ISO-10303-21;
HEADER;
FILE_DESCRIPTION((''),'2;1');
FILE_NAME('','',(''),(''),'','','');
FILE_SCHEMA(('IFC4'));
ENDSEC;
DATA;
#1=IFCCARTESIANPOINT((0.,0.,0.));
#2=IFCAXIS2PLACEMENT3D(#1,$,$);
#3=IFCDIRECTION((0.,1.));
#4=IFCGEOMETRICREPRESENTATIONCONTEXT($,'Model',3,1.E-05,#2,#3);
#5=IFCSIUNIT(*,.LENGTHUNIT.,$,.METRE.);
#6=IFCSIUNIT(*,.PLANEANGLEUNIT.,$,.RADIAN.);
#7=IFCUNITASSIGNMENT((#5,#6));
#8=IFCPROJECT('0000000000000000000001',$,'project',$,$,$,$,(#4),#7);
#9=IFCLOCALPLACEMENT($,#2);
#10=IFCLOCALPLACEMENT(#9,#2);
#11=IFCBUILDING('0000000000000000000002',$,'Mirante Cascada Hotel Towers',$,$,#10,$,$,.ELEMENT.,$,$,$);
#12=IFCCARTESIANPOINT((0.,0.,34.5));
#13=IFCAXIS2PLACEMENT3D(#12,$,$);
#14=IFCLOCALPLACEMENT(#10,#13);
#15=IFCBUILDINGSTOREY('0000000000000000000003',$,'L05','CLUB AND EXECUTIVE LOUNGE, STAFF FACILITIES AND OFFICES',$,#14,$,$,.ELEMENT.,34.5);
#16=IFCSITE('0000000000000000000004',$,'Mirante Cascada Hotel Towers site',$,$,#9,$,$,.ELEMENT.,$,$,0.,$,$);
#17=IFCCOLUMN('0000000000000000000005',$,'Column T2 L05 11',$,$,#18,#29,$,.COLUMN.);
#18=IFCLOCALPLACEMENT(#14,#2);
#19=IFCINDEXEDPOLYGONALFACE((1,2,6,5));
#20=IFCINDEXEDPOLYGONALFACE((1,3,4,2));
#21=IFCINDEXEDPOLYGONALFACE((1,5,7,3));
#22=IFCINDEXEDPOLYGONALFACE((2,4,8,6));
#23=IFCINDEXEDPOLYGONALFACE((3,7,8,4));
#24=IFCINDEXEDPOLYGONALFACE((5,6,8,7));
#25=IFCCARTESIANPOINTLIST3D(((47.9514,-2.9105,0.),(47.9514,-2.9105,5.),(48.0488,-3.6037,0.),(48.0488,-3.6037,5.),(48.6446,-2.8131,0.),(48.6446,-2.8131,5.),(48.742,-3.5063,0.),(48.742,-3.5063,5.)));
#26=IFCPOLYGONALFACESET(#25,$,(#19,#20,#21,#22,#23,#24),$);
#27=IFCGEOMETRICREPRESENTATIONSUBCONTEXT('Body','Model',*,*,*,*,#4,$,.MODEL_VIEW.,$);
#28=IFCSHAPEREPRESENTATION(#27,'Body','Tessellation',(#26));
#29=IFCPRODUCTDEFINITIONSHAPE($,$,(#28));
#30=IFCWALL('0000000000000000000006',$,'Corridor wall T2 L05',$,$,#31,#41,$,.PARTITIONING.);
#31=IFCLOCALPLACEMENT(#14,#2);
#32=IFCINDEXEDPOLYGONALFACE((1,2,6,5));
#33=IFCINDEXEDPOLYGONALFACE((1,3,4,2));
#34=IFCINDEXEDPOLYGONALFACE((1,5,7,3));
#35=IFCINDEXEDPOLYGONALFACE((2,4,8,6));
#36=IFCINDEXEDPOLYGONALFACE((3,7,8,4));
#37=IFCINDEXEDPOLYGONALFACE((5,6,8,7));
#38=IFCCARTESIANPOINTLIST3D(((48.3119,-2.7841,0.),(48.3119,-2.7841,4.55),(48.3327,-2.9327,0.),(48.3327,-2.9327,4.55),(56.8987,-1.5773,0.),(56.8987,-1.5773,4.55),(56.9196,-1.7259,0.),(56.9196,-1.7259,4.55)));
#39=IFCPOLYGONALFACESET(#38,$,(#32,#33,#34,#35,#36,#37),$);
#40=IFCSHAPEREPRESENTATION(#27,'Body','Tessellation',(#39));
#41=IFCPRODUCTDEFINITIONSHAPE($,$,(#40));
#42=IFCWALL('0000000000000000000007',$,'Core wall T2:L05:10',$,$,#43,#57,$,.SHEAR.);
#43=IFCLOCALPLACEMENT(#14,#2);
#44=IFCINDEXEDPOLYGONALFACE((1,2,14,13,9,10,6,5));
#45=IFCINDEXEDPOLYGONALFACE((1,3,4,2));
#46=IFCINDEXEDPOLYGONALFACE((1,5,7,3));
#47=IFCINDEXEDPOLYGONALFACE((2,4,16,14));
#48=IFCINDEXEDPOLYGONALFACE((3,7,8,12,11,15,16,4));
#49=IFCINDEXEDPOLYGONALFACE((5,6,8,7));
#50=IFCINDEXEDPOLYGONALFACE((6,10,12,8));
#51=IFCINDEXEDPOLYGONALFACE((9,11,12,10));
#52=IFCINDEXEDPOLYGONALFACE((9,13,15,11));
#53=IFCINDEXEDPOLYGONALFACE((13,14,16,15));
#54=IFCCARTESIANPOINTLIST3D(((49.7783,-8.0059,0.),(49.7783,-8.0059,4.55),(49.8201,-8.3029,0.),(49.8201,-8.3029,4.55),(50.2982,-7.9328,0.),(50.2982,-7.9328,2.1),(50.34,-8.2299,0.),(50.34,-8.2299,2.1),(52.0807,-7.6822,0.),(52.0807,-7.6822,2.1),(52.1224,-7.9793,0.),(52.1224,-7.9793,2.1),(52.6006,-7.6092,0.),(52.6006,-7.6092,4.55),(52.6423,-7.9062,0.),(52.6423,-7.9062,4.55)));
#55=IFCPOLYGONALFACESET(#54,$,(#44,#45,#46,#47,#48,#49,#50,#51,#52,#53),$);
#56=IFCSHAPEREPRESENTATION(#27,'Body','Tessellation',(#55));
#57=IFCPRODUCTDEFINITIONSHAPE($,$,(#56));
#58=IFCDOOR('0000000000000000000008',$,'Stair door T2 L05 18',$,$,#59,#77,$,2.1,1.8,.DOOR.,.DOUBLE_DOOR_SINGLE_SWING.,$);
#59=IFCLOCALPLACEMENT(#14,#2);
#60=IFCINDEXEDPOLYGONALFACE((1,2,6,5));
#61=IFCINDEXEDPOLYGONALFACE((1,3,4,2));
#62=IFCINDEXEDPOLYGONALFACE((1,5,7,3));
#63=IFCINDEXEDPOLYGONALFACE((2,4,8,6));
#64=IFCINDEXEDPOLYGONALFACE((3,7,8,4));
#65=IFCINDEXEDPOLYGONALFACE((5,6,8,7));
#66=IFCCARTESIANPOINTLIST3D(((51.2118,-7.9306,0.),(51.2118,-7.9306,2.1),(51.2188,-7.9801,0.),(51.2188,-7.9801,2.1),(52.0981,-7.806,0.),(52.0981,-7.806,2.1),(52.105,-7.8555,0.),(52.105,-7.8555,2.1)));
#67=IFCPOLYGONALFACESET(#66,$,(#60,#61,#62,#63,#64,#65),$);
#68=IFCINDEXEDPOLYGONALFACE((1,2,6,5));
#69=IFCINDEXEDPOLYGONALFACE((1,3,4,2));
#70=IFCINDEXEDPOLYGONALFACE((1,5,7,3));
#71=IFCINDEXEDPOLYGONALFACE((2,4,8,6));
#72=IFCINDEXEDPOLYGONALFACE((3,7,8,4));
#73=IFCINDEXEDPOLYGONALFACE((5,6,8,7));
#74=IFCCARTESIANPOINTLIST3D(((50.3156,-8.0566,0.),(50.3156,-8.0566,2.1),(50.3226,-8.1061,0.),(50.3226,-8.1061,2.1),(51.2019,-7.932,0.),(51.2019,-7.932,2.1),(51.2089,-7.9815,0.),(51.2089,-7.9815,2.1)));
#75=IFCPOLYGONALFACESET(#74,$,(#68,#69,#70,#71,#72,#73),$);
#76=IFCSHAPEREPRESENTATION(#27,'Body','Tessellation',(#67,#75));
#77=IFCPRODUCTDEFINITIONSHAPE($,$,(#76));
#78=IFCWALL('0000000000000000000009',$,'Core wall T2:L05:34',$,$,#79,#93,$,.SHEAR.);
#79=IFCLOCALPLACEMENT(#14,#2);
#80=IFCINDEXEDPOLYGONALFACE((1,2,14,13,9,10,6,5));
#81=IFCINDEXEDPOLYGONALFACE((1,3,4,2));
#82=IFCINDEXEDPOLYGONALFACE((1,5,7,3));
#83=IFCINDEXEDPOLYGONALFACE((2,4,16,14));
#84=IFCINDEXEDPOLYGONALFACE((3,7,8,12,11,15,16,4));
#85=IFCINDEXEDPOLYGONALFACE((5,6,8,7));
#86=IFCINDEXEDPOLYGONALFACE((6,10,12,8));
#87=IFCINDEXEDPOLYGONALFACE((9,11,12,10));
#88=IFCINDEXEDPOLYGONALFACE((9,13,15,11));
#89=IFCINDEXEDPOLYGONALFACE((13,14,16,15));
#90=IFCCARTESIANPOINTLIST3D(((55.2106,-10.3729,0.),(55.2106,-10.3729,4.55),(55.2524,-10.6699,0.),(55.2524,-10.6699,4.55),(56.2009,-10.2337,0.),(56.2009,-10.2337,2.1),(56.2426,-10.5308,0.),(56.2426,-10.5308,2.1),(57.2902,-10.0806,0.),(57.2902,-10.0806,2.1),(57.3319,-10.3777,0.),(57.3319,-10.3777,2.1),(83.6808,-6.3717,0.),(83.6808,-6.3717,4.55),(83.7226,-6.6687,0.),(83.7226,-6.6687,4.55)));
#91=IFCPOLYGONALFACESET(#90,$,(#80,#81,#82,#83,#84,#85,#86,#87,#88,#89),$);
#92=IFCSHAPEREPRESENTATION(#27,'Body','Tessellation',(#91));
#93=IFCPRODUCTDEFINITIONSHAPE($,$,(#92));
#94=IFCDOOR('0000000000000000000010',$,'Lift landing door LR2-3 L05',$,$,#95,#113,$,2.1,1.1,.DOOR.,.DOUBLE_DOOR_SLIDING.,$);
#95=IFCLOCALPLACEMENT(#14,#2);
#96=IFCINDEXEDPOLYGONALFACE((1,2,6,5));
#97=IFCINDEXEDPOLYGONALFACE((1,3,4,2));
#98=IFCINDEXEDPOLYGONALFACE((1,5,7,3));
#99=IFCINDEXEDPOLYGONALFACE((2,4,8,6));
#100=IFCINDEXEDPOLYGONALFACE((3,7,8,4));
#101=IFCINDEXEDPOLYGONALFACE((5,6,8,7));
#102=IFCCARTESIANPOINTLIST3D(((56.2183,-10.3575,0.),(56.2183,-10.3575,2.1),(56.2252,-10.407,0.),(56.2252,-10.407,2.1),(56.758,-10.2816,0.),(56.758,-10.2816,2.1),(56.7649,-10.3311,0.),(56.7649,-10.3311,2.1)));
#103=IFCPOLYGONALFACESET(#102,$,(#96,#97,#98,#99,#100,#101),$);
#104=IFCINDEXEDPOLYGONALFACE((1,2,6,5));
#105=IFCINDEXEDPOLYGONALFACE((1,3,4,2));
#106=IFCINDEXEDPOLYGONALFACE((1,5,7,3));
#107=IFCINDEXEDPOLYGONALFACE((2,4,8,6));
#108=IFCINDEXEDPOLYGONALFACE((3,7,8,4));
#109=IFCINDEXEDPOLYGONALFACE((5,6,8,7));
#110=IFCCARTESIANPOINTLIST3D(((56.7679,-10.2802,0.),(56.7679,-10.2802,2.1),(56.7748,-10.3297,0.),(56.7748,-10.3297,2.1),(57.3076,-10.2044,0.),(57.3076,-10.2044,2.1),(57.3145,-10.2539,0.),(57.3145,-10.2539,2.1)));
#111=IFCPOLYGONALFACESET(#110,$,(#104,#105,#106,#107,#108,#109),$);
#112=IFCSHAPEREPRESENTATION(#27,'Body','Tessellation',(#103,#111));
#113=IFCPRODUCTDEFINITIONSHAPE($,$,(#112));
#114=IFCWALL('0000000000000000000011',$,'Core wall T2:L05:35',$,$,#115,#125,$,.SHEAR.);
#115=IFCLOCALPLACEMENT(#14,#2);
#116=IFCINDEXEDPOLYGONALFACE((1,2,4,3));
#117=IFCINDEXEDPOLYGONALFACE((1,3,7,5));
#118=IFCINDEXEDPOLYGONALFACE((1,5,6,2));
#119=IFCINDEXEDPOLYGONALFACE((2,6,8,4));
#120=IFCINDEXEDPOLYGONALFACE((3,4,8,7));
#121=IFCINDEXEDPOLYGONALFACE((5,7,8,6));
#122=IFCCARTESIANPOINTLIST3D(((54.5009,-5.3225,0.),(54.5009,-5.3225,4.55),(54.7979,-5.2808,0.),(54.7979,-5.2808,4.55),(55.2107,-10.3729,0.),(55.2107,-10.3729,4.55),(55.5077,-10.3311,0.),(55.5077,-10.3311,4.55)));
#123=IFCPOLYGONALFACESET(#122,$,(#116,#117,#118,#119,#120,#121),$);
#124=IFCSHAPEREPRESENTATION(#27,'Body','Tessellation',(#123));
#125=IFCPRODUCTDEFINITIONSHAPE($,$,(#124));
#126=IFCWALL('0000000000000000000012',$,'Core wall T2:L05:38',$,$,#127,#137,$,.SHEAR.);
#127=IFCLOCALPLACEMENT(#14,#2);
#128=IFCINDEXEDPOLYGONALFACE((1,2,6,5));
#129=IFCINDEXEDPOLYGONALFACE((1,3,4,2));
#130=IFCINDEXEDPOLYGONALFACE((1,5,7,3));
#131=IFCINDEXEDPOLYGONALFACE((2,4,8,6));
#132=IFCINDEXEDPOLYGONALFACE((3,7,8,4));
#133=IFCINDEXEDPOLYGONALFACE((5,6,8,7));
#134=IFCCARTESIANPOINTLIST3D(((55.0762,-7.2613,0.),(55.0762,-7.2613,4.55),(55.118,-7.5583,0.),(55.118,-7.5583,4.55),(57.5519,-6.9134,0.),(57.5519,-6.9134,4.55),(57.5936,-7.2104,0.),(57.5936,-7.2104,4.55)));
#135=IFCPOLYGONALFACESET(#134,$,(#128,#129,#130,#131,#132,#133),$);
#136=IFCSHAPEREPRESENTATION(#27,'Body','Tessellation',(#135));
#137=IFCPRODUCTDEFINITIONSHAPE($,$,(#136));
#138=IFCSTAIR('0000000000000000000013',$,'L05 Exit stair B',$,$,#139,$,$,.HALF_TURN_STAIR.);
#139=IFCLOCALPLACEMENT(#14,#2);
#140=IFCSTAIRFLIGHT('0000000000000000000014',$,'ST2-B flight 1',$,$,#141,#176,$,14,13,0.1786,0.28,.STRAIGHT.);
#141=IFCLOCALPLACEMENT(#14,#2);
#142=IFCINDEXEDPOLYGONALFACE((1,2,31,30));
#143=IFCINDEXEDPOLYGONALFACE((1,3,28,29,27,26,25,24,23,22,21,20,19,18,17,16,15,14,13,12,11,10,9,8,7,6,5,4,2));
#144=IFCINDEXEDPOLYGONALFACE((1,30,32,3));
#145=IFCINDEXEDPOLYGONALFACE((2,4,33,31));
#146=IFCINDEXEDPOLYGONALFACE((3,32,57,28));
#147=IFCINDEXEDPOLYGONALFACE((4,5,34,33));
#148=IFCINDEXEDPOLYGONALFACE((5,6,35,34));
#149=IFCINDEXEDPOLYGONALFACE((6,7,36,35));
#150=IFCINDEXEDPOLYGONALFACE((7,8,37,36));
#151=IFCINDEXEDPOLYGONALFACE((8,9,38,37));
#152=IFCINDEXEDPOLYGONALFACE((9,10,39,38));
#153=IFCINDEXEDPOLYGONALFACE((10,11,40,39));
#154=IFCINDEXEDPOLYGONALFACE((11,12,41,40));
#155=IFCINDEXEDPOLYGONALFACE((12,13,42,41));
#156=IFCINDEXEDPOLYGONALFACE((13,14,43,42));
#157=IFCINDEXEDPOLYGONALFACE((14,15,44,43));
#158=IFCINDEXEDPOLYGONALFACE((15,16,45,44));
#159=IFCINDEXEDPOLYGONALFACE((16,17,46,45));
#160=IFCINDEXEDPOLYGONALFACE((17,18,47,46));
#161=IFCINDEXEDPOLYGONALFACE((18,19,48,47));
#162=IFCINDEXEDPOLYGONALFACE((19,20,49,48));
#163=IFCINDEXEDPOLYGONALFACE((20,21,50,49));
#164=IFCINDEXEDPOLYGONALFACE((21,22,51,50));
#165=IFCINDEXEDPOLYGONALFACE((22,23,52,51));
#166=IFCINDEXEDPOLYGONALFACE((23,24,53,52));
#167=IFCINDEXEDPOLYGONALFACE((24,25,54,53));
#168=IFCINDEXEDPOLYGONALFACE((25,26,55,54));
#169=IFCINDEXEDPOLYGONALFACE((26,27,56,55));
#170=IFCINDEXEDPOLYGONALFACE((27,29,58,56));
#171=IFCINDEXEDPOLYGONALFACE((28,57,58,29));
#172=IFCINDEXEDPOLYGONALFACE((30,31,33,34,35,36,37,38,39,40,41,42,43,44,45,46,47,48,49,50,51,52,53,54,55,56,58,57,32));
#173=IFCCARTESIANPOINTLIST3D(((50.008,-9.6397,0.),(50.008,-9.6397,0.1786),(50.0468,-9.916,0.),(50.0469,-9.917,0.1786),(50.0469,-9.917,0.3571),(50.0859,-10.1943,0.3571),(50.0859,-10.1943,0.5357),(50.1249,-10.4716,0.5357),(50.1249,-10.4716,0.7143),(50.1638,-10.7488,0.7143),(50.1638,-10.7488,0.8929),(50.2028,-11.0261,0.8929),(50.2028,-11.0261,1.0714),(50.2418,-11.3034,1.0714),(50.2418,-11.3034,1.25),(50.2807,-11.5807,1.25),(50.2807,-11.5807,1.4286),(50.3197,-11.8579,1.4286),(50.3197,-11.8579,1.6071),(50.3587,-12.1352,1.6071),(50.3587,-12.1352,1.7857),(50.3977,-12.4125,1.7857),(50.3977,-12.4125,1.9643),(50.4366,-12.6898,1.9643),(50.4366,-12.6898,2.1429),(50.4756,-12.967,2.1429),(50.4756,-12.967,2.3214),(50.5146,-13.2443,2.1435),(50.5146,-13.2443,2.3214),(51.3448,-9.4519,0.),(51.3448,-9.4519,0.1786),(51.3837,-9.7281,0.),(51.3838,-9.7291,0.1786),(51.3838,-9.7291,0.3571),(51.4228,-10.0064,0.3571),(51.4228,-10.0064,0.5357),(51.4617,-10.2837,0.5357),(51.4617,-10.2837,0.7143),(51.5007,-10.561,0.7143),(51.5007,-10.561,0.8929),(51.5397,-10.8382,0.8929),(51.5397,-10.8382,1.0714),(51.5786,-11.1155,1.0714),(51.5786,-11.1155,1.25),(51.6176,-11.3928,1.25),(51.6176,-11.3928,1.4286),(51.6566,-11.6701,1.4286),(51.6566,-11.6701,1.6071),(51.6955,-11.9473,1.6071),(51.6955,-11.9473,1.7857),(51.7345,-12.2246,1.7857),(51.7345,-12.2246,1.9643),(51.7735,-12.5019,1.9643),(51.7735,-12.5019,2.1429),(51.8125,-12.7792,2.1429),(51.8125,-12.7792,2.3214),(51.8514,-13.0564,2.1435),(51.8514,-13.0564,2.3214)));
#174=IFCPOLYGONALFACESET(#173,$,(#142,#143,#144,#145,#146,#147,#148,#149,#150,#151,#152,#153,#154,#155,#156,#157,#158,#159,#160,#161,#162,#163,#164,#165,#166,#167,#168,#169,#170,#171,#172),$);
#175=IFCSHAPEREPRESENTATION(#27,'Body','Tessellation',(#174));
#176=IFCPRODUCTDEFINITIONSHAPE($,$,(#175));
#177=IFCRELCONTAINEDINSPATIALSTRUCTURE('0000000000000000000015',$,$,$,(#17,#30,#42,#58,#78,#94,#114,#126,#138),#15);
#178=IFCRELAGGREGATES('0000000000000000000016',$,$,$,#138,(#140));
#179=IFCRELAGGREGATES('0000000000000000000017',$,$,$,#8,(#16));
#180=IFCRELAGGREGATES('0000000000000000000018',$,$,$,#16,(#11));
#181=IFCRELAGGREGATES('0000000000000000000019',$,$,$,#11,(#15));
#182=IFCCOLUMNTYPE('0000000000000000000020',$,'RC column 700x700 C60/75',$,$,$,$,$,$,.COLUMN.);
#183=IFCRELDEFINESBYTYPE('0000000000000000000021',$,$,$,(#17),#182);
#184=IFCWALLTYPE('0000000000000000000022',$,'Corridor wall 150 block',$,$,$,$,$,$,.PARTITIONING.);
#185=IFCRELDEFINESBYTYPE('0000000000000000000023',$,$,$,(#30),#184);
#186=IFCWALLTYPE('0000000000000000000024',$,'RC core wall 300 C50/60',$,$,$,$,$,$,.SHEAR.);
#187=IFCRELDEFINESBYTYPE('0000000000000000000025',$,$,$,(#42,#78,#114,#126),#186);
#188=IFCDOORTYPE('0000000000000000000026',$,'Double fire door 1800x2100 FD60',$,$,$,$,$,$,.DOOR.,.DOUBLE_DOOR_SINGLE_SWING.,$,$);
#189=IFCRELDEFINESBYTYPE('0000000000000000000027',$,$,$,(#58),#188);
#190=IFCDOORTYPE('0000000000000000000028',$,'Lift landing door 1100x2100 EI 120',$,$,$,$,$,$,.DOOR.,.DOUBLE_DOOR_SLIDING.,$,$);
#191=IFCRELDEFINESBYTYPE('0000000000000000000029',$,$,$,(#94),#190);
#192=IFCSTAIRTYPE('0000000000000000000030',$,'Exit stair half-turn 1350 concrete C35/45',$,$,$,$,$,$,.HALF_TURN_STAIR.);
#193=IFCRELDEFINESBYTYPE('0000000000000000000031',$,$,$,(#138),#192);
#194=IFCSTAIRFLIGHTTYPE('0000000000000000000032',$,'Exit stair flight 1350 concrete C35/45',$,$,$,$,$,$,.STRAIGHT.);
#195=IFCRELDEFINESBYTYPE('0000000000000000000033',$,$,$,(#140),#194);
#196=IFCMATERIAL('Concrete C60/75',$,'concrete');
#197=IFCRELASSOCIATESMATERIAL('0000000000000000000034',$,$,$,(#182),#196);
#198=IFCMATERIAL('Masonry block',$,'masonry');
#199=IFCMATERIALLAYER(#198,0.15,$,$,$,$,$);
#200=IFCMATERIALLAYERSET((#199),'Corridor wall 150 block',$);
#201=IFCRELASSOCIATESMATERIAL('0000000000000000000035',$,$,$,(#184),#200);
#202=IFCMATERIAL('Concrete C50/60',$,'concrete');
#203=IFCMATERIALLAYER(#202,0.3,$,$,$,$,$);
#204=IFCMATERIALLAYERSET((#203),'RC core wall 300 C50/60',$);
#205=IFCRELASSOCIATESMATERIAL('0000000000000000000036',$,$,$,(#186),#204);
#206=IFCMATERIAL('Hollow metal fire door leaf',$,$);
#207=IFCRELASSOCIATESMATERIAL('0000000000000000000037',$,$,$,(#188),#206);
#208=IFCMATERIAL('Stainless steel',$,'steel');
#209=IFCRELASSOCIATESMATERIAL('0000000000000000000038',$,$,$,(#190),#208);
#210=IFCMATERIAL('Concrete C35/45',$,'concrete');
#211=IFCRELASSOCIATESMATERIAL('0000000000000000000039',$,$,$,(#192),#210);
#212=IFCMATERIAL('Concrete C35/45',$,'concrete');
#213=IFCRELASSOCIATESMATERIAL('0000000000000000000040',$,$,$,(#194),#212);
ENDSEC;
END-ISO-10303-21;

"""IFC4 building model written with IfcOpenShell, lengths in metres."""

from ifc_helpers import new_model, si_unit, direction, frame, frame_2d, origin, origin_2d, place, context, subcontext, project, spatial, polyline, rectangle, outline, extrude, material, layer, layer_set, material_profile, profile_set, type_object, element, fill, aggregate, save


model = new_model("IFC4")

# Units and contexts
model_context = context("Model", 3, precision=1e-05, world=origin(), true_north=direction((0.0, 1.0)))
body_context = subcontext(model_context, "Body", "Model", "MODEL_VIEW")
ifc_project = project(units=[si_unit("LENGTHUNIT", "METRE"), si_unit("PLANEANGLEUNIT", "RADIAN")], contexts=[model_context])

# Site, building, storey
site_placement = place(None, origin())
site = spatial("IfcSite", under=ifc_project, at=site_placement, Name="Mirante Cascada Hotel Towers site", CompositionType="ELEMENT", RefElevation=0.0)
building_placement = place(site_placement, origin())
building = spatial("IfcBuilding", under=site, at=building_placement, Name="Mirante Cascada Hotel Towers", CompositionType="ELEMENT")
storey_placement = place(building_placement, frame((0.0, 0.0, 34.5)))
storey = spatial("IfcBuildingStorey", under=building, at=storey_placement, Name="L05", Description="CLUB AND EXECUTIVE LOUNGE, STAFF FACILITIES AND OFFICES", CompositionType="ELEMENT", Elevation=34.5)

# Column
ifc_material_1 = material(Name="Concrete C60/75", Category="concrete")
ifc_material_profile = material_profile(ifc_material_1, rectangle(XDim=0.7, YDim=0.7, at=origin_2d()), Name="RC column 700x700 C60/75")
ifc_profile_set = profile_set([ifc_material_profile], Name="Concrete C60/75")
column_type = type_object("IfcColumnType", Name="RC column 700x700 C60/75", PredefinedType="COLUMN", material=ifc_profile_set)
column_placement = place(storey_placement, frame((48.3467, -3.2084, 0.0), z_axis=(0.0, 0.0, 1.0), x_axis=(0.990268, 0.139173, 0.0)))
element("IfcColumn", 1, at=column_placement, inside=storey, type_object=column_type, Name="Column T2 L05 11", PredefinedType="COLUMN", context=body_context, shape_type="SweptSolid", body=[
    extrude(rectangle(XDim=0.7, YDim=0.7, at=origin_2d()), origin(), (0.0, 0.0, 1.0), 5.0),
])

# Wall
ifc_material_2 = material(Name="Masonry block", Category="masonry")
ifc_layer_1 = layer(ifc_material_2, 0.15)
ifc_layer_set_1 = layer_set([ifc_layer_1], Name="Corridor wall 150 block")
wall_type_1 = type_object("IfcWallType", Name="Corridor wall 150 block", PredefinedType="PARTITIONING", material=ifc_layer_set_1)
wall_1_placement = place(storey_placement, frame((48.3223, -2.8584, 0.0), z_axis=(0.0, 0.0, 1.0), x_axis=(0.990268, 0.139174, 0.0)))
element("IfcWall", 2, at=wall_1_placement, inside=storey, type_object=wall_type_1, Name="Corridor wall T2 L05", PredefinedType="PARTITIONING", context=body_context, shape_type="SweptSolid", body=[
    extrude(rectangle(XDim=8.6712, YDim=0.15, at=frame_2d((4.3356, 0.0))), origin(), (0.0, 0.0, 1.0), 4.55),
])

# Walls, openings, doors
ifc_material_3 = material(Name="Concrete C50/60", Category="concrete")
ifc_layer_2 = layer(ifc_material_3, 0.3)
ifc_layer_set_2 = layer_set([ifc_layer_2], Name="RC core wall 300 C50/60")
wall_type_2 = type_object("IfcWallType", Name="RC core wall 300 C50/60", PredefinedType="SHEAR", material=ifc_layer_set_2)
wall_2_placement = place(storey_placement, frame((49.7992, -8.1544, 0.0), z_axis=(0.0, 0.0, 1.0), x_axis=(0.990266, 0.139191, 0.0)))
wall_2 = element("IfcWall", 3, at=wall_2_placement, inside=storey, type_object=wall_type_2, Name="Core wall T2:L05:10", PredefinedType="SHEAR", context=body_context, shape_type="SweptSolid", body=[
    extrude(rectangle(XDim=2.85, YDim=0.3, at=frame_2d((1.425, 0.0))), origin(), (0.0, 0.0, 1.0), 4.55),
])
opening_1_placement = place(wall_2_placement, frame((0.525, 0.0, 0.0)))
opening_1 = element("IfcOpeningElement", 4, at=opening_1_placement, cuts=wall_2, PredefinedType="OPENING", context=body_context, shape_type="SweptSolid", body=[
    extrude(rectangle(XDim=1.8, YDim=2.1, at=frame_2d((0.9, 1.05))), frame((0.0, 0.15, 0.0), z_axis=(0.0, -1.0, 0.0), x_axis=(1.0, 0.0, 0.0)), (0.0, 0.0, 1.0), 0.3),
])
ifc_material_4 = material(Name="Hollow metal fire door leaf")
door_type_1 = type_object("IfcDoorType", Name="Double fire door 1800x2100 FD60", OperationType="DOUBLE_DOOR_SINGLE_SWING", PredefinedType="DOOR", material=ifc_material_4)
door_1_placement = place(opening_1_placement, frame((1.8, 0.0, 0.0), z_axis=(0.0, 0.0, 1.0), x_axis=(-1.0, 0.0, 0.0)))
door_1 = element("IfcDoor", 5, at=door_1_placement, inside=storey, type_object=door_type_1, Name="Stair door T2 L05 18", OperationType="DOUBLE_DOOR_SINGLE_SWING", OverallHeight=2.1, OverallWidth=1.8, PredefinedType="DOOR", context=body_context, shape_type="SweptSolid", body=[
    extrude(rectangle(XDim=0.895, YDim=2.1, at=frame_2d((0.4475, 1.05))), frame((0.0, 0.025, 0.0), z_axis=(0.0, -1.0, 0.0), x_axis=(1.0, 0.0, 0.0)), (0.0, 0.0, 1.0), 0.05),
    extrude(rectangle(XDim=0.895, YDim=2.1, at=frame_2d((1.3525, 1.05))), frame((0.0, 0.025, 0.0), z_axis=(0.0, -1.0, 0.0), x_axis=(1.0, 0.0, 0.0)), (0.0, 0.0, 1.0), 0.05),
])
fill(opening_1, door_1)
wall_3_placement = place(storey_placement, frame((55.2315, -10.5214, 0.0), z_axis=(0.0, 0.0, 1.0), x_axis=(0.990268, 0.139172, 0.0)))
wall_3 = element("IfcWall", 6, at=wall_3_placement, inside=storey, type_object=wall_type_2, Name="Core wall T2:L05:34", PredefinedType="SHEAR", context=body_context, shape_type="SweptSolid", body=[
    extrude(rectangle(XDim=28.75, YDim=0.3, at=frame_2d((14.375, 0.0))), origin(), (0.0, 0.0, 1.0), 4.55),
])
opening_2_placement = place(wall_3_placement, frame((1.0, 0.0, 0.0)))
opening_2 = element("IfcOpeningElement", 7, at=opening_2_placement, cuts=wall_3, PredefinedType="OPENING", context=body_context, shape_type="SweptSolid", body=[
    extrude(rectangle(XDim=1.1, YDim=2.1, at=frame_2d((0.55, 1.05))), frame((0.0, 0.15, 0.0), z_axis=(0.0, -1.0, 0.0), x_axis=(1.0, 0.0, 0.0)), (0.0, 0.0, 1.0), 0.3),
])
ifc_material_5 = material(Name="Stainless steel", Category="steel")
door_type_2 = type_object("IfcDoorType", Name="Lift landing door 1100x2100 EI 120", OperationType="DOUBLE_DOOR_SLIDING", PredefinedType="DOOR", material=ifc_material_5)
door_2_placement = place(opening_2_placement, origin())
door_2 = element("IfcDoor", 8, at=door_2_placement, inside=storey, type_object=door_type_2, Name="Lift landing door LR2-3 L05", OperationType="DOUBLE_DOOR_SLIDING", OverallHeight=2.1, OverallWidth=1.1, PredefinedType="DOOR", context=body_context, shape_type="SweptSolid", body=[
    extrude(rectangle(XDim=0.545, YDim=2.1, at=frame_2d((0.2725, 1.05))), frame((0.0, 0.025, 0.0), z_axis=(0.0, -1.0, 0.0), x_axis=(1.0, 0.0, 0.0)), (0.0, 0.0, 1.0), 0.05),
    extrude(rectangle(XDim=0.545, YDim=2.1, at=frame_2d((0.8275, 1.05))), frame((0.0, 0.025, 0.0), z_axis=(0.0, -1.0, 0.0), x_axis=(1.0, 0.0, 0.0)), (0.0, 0.0, 1.0), 0.05),
])
fill(opening_2, door_2)

# Walls
wall_4_placement = place(storey_placement, frame((55.3592, -10.352, 0.0), z_axis=(0.0, 0.0, 1.0), x_axis=(-0.139176, 0.990268, 0.0)))
element("IfcWall", 9, at=wall_4_placement, inside=storey, type_object=wall_type_2, Name="Core wall T2:L05:35", PredefinedType="SHEAR", context=body_context, shape_type="SweptSolid", body=[
    extrude(rectangle(XDim=5.1, YDim=0.3, at=frame_2d((2.55, 0.0))), origin(), (0.0, 0.0, 1.0), 4.55),
])
wall_5_placement = place(storey_placement, frame((55.0971, -7.4098, 0.0), z_axis=(0.0, 0.0, 1.0), x_axis=(0.99027, 0.139159, 0.0)))
element("IfcWall", 10, at=wall_5_placement, inside=storey, type_object=wall_type_2, Name="Core wall T2:L05:38", PredefinedType="SHEAR", context=body_context, shape_type="SweptSolid", body=[
    extrude(rectangle(XDim=2.5, YDim=0.3, at=frame_2d((1.25, 0.0))), origin(), (0.0, 0.0, 1.0), 4.55),
])

# Stair, stair flight
ifc_material_6 = material(Name="Concrete C35/45", Category="concrete")
stair_type = type_object("IfcStairType", Name="Exit stair half-turn 1350 concrete C35/45", PredefinedType="HALF_TURN_STAIR", material=ifc_material_6)
stair_placement = place(storey_placement, origin())
stair = element("IfcStair", 11, at=stair_placement, inside=storey, type_object=stair_type, Name="L05 Exit stair B", PredefinedType="HALF_TURN_STAIR")
ifc_material_7 = material(Name="Concrete C35/45", Category="concrete")
stair_flight_type = type_object("IfcStairFlightType", Name="Exit stair flight 1350 concrete C35/45", PredefinedType="STRAIGHT", material=ifc_material_7)
stair_flight_placement = place(storey_placement, frame((50.6764, -9.5458, 0.0), z_axis=(0.0, 0.0, 1.0), x_axis=(0.139173, -0.990268, 0.0)))
stair_flight = element("IfcStairFlight", 12, at=stair_flight_placement, type_object=stair_flight_type, Name="ST2-B flight 1", NumberOfRisers=14, NumberOfTreads=13, PredefinedType="STRAIGHT", RiserHeight=0.1786, TreadLength=0.28, context=body_context, shape_type="SweptSolid", body=[
    extrude(outline(polyline([(0.0, 0.0), (0.0, 0.1786), (0.28, 0.1786), (0.28, 0.3571), (0.56, 0.3571), (0.56, 0.5357), (0.84, 0.5357), (0.84, 0.7143), (1.12, 0.7143), (1.12, 0.8929), (1.4, 0.8929), (1.4, 1.0714), (1.68, 1.0714), (1.68, 1.25), (1.96, 1.25), (1.96, 1.4286), (2.24, 1.4286), (2.24, 1.6071), (2.52, 1.6071), (2.52, 1.7857), (2.8, 1.7857), (2.8, 1.9643), (3.08, 1.9643), (3.08, 2.1429), (3.36, 2.1429), (3.36, 2.3214), (3.64, 2.3214), (3.64, 2.5), (3.64, 2.1435), (0.279, 0.0), (0.0, 0.0)])), frame((0.0, 0.675, 0.0), z_axis=(0.0, -1.0, 0.0), x_axis=(1.0, 0.0, 0.0)), (0.0, 0.0, 1.0), 1.35),
])
aggregate(stair, [stair_flight])

save(model, "model.ifc")
